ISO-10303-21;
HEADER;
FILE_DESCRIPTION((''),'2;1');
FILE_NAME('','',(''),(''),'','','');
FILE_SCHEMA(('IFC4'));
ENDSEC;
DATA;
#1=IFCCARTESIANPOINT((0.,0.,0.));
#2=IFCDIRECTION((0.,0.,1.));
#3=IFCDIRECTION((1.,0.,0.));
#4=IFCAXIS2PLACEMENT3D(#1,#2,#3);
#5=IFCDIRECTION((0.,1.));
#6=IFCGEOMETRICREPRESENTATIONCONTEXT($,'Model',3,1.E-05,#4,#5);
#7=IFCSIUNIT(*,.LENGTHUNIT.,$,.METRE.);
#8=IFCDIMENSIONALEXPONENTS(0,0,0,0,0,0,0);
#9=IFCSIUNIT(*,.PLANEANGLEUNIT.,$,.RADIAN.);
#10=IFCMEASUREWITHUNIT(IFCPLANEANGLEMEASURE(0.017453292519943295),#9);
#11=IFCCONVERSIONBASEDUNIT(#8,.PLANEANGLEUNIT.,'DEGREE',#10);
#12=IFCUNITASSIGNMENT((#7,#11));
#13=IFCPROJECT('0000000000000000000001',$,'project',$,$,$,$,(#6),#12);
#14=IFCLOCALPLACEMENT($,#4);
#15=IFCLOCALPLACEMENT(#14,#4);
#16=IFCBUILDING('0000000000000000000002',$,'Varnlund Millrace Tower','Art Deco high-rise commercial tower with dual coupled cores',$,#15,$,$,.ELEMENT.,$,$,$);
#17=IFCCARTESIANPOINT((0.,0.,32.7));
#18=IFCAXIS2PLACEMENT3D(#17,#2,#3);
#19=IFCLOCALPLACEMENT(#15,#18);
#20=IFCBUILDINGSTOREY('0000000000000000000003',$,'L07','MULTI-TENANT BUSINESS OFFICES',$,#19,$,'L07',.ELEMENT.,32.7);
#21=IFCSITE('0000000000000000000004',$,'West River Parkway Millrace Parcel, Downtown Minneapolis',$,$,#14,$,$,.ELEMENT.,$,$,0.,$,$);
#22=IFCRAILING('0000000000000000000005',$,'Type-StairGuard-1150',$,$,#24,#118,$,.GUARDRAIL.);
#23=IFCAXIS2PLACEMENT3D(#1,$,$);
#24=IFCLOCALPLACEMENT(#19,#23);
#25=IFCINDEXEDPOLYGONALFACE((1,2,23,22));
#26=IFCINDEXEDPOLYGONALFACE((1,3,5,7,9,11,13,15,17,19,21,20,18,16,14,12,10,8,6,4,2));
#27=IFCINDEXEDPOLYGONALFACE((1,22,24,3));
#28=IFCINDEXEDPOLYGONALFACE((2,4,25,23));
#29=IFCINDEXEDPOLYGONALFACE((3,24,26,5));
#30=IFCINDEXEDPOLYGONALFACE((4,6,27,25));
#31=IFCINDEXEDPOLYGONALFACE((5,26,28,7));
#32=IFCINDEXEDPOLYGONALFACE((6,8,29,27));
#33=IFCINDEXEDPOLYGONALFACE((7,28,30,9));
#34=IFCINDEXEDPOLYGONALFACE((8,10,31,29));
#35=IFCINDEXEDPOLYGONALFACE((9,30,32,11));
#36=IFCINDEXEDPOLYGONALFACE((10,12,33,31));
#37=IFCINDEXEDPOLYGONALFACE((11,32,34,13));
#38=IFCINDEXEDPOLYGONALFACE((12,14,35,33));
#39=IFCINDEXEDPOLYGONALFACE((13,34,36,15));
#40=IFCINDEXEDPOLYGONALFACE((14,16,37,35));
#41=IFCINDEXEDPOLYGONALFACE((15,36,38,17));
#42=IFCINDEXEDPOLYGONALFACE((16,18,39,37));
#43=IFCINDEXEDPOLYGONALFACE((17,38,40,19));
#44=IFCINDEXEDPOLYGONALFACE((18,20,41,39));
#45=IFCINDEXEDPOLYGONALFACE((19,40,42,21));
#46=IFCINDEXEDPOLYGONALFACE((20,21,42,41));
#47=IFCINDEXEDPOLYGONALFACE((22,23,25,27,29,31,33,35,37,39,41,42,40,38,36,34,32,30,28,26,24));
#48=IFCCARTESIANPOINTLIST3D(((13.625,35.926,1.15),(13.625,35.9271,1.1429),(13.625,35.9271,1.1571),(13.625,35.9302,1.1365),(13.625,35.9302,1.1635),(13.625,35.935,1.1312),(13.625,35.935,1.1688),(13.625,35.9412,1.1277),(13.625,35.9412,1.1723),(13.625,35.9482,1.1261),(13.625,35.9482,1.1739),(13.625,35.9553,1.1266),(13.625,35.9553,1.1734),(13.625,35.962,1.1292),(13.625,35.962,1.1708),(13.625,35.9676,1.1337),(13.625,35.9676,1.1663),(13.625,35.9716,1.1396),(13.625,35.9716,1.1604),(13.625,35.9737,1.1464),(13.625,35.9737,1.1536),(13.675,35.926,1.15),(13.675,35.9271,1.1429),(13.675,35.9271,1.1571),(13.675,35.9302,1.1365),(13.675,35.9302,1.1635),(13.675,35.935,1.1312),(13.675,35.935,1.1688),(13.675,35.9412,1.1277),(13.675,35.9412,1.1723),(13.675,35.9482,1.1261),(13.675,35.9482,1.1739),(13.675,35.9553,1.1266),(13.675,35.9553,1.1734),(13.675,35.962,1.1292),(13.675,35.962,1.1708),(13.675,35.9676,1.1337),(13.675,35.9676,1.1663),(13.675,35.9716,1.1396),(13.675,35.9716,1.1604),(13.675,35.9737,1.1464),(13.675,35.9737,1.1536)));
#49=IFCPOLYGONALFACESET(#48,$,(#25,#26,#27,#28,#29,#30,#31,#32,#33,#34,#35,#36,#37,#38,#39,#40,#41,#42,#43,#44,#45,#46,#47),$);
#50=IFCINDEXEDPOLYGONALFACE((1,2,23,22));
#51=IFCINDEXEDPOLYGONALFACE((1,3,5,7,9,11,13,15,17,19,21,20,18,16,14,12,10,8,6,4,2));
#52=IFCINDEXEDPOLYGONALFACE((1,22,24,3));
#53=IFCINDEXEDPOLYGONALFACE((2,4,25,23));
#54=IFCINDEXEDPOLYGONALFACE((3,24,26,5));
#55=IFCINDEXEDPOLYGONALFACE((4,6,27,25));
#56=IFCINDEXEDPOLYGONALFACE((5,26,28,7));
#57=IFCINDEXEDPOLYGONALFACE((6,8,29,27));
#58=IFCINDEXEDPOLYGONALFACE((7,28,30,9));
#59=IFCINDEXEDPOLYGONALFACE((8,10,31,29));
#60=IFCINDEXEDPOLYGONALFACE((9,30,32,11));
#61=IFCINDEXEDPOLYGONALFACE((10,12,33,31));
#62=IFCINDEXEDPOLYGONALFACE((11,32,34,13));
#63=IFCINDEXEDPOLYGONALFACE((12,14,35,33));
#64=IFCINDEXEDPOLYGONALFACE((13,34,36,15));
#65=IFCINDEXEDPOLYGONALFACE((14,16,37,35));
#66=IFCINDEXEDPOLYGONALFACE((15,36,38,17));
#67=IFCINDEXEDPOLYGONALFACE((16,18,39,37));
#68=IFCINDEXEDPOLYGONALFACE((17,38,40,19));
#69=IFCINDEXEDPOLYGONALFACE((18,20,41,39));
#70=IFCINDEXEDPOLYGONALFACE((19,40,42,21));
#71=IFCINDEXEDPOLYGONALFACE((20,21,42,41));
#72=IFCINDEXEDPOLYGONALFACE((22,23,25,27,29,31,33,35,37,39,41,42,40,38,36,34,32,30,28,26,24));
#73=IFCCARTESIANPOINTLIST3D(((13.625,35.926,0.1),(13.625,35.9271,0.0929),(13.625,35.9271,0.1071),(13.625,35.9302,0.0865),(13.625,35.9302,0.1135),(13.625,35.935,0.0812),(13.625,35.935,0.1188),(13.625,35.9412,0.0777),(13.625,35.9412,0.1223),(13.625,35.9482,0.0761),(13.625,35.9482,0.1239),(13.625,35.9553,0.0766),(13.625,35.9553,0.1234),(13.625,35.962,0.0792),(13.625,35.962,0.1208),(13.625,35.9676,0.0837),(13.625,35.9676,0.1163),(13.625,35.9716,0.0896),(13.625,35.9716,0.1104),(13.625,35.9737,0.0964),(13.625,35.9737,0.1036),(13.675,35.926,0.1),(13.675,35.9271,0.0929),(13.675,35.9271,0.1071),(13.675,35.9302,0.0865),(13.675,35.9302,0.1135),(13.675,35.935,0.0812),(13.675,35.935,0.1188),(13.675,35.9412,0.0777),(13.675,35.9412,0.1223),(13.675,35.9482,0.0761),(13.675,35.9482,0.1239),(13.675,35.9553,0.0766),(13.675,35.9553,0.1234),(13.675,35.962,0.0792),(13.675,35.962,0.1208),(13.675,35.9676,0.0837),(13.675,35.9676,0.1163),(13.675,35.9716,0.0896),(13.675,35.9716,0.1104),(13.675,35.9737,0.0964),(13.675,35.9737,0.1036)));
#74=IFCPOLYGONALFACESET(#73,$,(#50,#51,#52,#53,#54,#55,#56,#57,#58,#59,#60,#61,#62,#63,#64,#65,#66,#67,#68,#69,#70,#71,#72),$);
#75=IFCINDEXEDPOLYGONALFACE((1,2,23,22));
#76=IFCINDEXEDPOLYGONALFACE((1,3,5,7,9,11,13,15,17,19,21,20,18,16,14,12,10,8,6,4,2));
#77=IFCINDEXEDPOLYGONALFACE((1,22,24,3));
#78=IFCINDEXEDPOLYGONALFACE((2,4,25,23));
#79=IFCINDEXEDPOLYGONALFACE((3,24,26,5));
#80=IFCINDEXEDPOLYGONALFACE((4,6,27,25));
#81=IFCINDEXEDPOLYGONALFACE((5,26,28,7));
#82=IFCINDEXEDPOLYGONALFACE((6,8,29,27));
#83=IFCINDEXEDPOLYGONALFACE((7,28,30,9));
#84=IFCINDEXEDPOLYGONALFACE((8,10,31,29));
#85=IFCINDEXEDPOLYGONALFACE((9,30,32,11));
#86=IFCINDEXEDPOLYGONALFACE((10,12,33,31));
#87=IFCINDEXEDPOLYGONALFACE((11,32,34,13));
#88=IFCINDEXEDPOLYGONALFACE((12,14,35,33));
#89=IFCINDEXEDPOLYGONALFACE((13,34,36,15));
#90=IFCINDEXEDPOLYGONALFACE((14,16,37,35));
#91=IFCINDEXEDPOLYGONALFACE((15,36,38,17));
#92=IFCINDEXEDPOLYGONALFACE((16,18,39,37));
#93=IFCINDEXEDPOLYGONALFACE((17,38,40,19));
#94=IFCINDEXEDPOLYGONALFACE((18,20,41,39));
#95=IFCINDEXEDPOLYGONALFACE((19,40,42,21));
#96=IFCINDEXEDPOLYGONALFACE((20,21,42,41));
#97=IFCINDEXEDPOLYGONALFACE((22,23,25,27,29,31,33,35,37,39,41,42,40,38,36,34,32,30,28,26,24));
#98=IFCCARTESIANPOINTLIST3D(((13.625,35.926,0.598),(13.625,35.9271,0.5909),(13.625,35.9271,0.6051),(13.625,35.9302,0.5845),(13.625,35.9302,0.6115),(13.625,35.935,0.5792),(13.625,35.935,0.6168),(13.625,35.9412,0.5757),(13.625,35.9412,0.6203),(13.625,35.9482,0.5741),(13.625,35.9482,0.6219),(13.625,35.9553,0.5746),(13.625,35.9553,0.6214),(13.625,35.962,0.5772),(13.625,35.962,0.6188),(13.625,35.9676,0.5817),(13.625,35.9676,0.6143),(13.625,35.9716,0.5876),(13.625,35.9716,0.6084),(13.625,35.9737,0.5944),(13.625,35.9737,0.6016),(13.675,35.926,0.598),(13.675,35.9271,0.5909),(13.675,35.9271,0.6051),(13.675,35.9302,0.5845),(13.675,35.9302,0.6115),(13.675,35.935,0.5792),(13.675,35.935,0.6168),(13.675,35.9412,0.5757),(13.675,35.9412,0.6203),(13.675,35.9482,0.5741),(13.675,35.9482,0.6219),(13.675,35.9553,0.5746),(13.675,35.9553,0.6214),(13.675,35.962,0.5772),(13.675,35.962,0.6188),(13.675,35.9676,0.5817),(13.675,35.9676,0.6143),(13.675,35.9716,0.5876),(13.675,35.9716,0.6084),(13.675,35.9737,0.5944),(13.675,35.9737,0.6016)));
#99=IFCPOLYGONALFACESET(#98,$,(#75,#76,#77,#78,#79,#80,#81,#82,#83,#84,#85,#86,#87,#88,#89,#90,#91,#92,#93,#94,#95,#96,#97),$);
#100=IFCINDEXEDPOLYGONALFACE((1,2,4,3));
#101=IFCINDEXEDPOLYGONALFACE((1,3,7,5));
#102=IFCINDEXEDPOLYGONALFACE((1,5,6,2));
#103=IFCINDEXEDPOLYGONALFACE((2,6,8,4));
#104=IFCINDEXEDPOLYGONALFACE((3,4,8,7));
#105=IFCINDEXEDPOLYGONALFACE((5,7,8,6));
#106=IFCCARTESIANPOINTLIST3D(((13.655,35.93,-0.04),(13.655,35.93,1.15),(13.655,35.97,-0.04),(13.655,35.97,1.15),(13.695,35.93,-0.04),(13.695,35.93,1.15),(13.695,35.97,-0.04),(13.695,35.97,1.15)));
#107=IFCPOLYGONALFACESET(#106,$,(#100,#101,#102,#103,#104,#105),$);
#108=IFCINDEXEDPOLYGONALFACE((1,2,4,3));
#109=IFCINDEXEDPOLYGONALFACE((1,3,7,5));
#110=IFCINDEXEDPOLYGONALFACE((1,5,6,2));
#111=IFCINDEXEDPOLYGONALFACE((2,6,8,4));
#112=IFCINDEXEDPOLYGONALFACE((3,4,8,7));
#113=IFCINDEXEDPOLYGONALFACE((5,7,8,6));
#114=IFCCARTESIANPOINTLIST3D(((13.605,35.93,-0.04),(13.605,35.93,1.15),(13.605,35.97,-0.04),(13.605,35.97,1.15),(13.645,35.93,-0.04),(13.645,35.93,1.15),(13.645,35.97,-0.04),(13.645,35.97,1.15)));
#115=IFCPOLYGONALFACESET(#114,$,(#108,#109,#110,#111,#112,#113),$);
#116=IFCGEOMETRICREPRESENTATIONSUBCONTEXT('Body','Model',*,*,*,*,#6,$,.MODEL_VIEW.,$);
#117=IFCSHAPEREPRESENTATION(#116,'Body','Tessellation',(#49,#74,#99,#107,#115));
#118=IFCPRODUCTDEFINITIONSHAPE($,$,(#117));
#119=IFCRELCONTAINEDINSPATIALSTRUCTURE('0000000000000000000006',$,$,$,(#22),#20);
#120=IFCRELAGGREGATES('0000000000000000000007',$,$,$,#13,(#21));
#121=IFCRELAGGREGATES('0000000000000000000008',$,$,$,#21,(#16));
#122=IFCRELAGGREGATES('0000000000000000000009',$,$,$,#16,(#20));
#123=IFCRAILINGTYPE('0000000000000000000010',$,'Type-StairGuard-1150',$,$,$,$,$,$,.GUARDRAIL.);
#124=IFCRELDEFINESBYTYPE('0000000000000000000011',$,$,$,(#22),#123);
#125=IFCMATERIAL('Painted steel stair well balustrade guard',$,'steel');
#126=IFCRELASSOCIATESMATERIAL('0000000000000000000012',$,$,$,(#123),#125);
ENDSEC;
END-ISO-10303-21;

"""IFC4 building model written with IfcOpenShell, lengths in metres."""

from ifc_helpers import new_model, entity, si_unit, converted_unit, direction, frame, origin_with_axes, origin_2d_with_axis, place, context, subcontext, project, spatial, rectangle, circle, extrude, material, type_object, element, save


model = new_model("IFC4")

# Units and contexts
model_context = context("Model", 3, precision=1e-05, world=origin_with_axes(), true_north=direction((0.0, 1.0)))
body_context = subcontext(model_context, "Body", "Model", "MODEL_VIEW")
ifc_project = project(units=[si_unit("LENGTHUNIT", "METRE"), converted_unit("PLANEANGLEUNIT", "DEGREE", entity("IfcPlaneAngleMeasure", 0.017453292519943295), si_unit("PLANEANGLEUNIT", "RADIAN"), dimensions=[0, 0, 0, 0, 0, 0, 0])], contexts=[model_context])

# Site, building, storey
site_placement = place(None, origin_with_axes())
site = spatial("IfcSite", under=ifc_project, at=site_placement, Name="West River Parkway Millrace Parcel, Downtown Minneapolis", CompositionType="ELEMENT", RefElevation=0.0)
building_placement = place(site_placement, origin_with_axes())
building = spatial("IfcBuilding", under=site, at=building_placement, Name="Varnlund Millrace Tower", Description="Art Deco high-rise commercial tower with dual coupled cores", CompositionType="ELEMENT")
storey_placement = place(building_placement, frame((0.0, 0.0, 32.7), z_axis=(0.0, 0.0, 1.0), x_axis=(1.0, 0.0, 0.0)))
storey = spatial("IfcBuildingStorey", under=building, at=storey_placement, Name="L07", Description="MULTI-TENANT BUSINESS OFFICES", LongName="L07", CompositionType="ELEMENT", Elevation=32.7)

# Railing
ifc_material_1 = material(Name="Painted steel stair well balustrade guard", Category="steel")
railing_type_1 = type_object("IfcRailingType", Name="Type-StairGuard-1150", PredefinedType="GUARDRAIL", material=ifc_material_1)
railing_1_placement = place(storey_placement, frame((0.0, 0.0, -32.7), z_axis=(0.0, 0.0, 1.0), x_axis=(1.0, 0.0, 0.0)))
element("IfcRailing", 1, at=railing_1_placement, inside=storey, type_object=railing_type_1, Name="Type-StairGuard-1150", PredefinedType="GUARDRAIL", context=body_context, shape_type="SweptSolid", body=[
    extrude(circle(Radius=0.024, at=origin_2d_with_axis()), frame((13.675, 35.95, 33.85), z_axis=(-1.0, 0.0, 0.0), x_axis=(0.0, -1.0, 0.0)), (0.0, 0.0, 1.0), 0.05),
    extrude(circle(Radius=0.024, at=origin_2d_with_axis()), frame((13.675, 35.95, 32.8), z_axis=(-1.0, 0.0, 0.0), x_axis=(0.0, -1.0, 0.0)), (0.0, 0.0, 1.0), 0.05),
    extrude(circle(Radius=0.024, at=origin_2d_with_axis()), frame((13.675, 35.95, 33.298), z_axis=(-1.0, 0.0, 0.0), x_axis=(0.0, -1.0, 0.0)), (0.0, 0.0, 1.0), 0.05),
    extrude(rectangle(XDim=0.04, YDim=0.04, at=origin_2d_with_axis()), frame((13.675, 35.95, 32.66), z_axis=(0.0, 0.0, 1.0), x_axis=(1.0, 0.0, 0.0)), (0.0, 0.0, 1.0), 1.19),
    extrude(rectangle(XDim=0.04, YDim=0.04, at=origin_2d_with_axis()), frame((13.625, 35.95, 32.66), z_axis=(0.0, 0.0, 1.0), x_axis=(1.0, 0.0, 0.0)), (0.0, 0.0, 1.0), 1.19),
])

save(model, "model.ifc")
